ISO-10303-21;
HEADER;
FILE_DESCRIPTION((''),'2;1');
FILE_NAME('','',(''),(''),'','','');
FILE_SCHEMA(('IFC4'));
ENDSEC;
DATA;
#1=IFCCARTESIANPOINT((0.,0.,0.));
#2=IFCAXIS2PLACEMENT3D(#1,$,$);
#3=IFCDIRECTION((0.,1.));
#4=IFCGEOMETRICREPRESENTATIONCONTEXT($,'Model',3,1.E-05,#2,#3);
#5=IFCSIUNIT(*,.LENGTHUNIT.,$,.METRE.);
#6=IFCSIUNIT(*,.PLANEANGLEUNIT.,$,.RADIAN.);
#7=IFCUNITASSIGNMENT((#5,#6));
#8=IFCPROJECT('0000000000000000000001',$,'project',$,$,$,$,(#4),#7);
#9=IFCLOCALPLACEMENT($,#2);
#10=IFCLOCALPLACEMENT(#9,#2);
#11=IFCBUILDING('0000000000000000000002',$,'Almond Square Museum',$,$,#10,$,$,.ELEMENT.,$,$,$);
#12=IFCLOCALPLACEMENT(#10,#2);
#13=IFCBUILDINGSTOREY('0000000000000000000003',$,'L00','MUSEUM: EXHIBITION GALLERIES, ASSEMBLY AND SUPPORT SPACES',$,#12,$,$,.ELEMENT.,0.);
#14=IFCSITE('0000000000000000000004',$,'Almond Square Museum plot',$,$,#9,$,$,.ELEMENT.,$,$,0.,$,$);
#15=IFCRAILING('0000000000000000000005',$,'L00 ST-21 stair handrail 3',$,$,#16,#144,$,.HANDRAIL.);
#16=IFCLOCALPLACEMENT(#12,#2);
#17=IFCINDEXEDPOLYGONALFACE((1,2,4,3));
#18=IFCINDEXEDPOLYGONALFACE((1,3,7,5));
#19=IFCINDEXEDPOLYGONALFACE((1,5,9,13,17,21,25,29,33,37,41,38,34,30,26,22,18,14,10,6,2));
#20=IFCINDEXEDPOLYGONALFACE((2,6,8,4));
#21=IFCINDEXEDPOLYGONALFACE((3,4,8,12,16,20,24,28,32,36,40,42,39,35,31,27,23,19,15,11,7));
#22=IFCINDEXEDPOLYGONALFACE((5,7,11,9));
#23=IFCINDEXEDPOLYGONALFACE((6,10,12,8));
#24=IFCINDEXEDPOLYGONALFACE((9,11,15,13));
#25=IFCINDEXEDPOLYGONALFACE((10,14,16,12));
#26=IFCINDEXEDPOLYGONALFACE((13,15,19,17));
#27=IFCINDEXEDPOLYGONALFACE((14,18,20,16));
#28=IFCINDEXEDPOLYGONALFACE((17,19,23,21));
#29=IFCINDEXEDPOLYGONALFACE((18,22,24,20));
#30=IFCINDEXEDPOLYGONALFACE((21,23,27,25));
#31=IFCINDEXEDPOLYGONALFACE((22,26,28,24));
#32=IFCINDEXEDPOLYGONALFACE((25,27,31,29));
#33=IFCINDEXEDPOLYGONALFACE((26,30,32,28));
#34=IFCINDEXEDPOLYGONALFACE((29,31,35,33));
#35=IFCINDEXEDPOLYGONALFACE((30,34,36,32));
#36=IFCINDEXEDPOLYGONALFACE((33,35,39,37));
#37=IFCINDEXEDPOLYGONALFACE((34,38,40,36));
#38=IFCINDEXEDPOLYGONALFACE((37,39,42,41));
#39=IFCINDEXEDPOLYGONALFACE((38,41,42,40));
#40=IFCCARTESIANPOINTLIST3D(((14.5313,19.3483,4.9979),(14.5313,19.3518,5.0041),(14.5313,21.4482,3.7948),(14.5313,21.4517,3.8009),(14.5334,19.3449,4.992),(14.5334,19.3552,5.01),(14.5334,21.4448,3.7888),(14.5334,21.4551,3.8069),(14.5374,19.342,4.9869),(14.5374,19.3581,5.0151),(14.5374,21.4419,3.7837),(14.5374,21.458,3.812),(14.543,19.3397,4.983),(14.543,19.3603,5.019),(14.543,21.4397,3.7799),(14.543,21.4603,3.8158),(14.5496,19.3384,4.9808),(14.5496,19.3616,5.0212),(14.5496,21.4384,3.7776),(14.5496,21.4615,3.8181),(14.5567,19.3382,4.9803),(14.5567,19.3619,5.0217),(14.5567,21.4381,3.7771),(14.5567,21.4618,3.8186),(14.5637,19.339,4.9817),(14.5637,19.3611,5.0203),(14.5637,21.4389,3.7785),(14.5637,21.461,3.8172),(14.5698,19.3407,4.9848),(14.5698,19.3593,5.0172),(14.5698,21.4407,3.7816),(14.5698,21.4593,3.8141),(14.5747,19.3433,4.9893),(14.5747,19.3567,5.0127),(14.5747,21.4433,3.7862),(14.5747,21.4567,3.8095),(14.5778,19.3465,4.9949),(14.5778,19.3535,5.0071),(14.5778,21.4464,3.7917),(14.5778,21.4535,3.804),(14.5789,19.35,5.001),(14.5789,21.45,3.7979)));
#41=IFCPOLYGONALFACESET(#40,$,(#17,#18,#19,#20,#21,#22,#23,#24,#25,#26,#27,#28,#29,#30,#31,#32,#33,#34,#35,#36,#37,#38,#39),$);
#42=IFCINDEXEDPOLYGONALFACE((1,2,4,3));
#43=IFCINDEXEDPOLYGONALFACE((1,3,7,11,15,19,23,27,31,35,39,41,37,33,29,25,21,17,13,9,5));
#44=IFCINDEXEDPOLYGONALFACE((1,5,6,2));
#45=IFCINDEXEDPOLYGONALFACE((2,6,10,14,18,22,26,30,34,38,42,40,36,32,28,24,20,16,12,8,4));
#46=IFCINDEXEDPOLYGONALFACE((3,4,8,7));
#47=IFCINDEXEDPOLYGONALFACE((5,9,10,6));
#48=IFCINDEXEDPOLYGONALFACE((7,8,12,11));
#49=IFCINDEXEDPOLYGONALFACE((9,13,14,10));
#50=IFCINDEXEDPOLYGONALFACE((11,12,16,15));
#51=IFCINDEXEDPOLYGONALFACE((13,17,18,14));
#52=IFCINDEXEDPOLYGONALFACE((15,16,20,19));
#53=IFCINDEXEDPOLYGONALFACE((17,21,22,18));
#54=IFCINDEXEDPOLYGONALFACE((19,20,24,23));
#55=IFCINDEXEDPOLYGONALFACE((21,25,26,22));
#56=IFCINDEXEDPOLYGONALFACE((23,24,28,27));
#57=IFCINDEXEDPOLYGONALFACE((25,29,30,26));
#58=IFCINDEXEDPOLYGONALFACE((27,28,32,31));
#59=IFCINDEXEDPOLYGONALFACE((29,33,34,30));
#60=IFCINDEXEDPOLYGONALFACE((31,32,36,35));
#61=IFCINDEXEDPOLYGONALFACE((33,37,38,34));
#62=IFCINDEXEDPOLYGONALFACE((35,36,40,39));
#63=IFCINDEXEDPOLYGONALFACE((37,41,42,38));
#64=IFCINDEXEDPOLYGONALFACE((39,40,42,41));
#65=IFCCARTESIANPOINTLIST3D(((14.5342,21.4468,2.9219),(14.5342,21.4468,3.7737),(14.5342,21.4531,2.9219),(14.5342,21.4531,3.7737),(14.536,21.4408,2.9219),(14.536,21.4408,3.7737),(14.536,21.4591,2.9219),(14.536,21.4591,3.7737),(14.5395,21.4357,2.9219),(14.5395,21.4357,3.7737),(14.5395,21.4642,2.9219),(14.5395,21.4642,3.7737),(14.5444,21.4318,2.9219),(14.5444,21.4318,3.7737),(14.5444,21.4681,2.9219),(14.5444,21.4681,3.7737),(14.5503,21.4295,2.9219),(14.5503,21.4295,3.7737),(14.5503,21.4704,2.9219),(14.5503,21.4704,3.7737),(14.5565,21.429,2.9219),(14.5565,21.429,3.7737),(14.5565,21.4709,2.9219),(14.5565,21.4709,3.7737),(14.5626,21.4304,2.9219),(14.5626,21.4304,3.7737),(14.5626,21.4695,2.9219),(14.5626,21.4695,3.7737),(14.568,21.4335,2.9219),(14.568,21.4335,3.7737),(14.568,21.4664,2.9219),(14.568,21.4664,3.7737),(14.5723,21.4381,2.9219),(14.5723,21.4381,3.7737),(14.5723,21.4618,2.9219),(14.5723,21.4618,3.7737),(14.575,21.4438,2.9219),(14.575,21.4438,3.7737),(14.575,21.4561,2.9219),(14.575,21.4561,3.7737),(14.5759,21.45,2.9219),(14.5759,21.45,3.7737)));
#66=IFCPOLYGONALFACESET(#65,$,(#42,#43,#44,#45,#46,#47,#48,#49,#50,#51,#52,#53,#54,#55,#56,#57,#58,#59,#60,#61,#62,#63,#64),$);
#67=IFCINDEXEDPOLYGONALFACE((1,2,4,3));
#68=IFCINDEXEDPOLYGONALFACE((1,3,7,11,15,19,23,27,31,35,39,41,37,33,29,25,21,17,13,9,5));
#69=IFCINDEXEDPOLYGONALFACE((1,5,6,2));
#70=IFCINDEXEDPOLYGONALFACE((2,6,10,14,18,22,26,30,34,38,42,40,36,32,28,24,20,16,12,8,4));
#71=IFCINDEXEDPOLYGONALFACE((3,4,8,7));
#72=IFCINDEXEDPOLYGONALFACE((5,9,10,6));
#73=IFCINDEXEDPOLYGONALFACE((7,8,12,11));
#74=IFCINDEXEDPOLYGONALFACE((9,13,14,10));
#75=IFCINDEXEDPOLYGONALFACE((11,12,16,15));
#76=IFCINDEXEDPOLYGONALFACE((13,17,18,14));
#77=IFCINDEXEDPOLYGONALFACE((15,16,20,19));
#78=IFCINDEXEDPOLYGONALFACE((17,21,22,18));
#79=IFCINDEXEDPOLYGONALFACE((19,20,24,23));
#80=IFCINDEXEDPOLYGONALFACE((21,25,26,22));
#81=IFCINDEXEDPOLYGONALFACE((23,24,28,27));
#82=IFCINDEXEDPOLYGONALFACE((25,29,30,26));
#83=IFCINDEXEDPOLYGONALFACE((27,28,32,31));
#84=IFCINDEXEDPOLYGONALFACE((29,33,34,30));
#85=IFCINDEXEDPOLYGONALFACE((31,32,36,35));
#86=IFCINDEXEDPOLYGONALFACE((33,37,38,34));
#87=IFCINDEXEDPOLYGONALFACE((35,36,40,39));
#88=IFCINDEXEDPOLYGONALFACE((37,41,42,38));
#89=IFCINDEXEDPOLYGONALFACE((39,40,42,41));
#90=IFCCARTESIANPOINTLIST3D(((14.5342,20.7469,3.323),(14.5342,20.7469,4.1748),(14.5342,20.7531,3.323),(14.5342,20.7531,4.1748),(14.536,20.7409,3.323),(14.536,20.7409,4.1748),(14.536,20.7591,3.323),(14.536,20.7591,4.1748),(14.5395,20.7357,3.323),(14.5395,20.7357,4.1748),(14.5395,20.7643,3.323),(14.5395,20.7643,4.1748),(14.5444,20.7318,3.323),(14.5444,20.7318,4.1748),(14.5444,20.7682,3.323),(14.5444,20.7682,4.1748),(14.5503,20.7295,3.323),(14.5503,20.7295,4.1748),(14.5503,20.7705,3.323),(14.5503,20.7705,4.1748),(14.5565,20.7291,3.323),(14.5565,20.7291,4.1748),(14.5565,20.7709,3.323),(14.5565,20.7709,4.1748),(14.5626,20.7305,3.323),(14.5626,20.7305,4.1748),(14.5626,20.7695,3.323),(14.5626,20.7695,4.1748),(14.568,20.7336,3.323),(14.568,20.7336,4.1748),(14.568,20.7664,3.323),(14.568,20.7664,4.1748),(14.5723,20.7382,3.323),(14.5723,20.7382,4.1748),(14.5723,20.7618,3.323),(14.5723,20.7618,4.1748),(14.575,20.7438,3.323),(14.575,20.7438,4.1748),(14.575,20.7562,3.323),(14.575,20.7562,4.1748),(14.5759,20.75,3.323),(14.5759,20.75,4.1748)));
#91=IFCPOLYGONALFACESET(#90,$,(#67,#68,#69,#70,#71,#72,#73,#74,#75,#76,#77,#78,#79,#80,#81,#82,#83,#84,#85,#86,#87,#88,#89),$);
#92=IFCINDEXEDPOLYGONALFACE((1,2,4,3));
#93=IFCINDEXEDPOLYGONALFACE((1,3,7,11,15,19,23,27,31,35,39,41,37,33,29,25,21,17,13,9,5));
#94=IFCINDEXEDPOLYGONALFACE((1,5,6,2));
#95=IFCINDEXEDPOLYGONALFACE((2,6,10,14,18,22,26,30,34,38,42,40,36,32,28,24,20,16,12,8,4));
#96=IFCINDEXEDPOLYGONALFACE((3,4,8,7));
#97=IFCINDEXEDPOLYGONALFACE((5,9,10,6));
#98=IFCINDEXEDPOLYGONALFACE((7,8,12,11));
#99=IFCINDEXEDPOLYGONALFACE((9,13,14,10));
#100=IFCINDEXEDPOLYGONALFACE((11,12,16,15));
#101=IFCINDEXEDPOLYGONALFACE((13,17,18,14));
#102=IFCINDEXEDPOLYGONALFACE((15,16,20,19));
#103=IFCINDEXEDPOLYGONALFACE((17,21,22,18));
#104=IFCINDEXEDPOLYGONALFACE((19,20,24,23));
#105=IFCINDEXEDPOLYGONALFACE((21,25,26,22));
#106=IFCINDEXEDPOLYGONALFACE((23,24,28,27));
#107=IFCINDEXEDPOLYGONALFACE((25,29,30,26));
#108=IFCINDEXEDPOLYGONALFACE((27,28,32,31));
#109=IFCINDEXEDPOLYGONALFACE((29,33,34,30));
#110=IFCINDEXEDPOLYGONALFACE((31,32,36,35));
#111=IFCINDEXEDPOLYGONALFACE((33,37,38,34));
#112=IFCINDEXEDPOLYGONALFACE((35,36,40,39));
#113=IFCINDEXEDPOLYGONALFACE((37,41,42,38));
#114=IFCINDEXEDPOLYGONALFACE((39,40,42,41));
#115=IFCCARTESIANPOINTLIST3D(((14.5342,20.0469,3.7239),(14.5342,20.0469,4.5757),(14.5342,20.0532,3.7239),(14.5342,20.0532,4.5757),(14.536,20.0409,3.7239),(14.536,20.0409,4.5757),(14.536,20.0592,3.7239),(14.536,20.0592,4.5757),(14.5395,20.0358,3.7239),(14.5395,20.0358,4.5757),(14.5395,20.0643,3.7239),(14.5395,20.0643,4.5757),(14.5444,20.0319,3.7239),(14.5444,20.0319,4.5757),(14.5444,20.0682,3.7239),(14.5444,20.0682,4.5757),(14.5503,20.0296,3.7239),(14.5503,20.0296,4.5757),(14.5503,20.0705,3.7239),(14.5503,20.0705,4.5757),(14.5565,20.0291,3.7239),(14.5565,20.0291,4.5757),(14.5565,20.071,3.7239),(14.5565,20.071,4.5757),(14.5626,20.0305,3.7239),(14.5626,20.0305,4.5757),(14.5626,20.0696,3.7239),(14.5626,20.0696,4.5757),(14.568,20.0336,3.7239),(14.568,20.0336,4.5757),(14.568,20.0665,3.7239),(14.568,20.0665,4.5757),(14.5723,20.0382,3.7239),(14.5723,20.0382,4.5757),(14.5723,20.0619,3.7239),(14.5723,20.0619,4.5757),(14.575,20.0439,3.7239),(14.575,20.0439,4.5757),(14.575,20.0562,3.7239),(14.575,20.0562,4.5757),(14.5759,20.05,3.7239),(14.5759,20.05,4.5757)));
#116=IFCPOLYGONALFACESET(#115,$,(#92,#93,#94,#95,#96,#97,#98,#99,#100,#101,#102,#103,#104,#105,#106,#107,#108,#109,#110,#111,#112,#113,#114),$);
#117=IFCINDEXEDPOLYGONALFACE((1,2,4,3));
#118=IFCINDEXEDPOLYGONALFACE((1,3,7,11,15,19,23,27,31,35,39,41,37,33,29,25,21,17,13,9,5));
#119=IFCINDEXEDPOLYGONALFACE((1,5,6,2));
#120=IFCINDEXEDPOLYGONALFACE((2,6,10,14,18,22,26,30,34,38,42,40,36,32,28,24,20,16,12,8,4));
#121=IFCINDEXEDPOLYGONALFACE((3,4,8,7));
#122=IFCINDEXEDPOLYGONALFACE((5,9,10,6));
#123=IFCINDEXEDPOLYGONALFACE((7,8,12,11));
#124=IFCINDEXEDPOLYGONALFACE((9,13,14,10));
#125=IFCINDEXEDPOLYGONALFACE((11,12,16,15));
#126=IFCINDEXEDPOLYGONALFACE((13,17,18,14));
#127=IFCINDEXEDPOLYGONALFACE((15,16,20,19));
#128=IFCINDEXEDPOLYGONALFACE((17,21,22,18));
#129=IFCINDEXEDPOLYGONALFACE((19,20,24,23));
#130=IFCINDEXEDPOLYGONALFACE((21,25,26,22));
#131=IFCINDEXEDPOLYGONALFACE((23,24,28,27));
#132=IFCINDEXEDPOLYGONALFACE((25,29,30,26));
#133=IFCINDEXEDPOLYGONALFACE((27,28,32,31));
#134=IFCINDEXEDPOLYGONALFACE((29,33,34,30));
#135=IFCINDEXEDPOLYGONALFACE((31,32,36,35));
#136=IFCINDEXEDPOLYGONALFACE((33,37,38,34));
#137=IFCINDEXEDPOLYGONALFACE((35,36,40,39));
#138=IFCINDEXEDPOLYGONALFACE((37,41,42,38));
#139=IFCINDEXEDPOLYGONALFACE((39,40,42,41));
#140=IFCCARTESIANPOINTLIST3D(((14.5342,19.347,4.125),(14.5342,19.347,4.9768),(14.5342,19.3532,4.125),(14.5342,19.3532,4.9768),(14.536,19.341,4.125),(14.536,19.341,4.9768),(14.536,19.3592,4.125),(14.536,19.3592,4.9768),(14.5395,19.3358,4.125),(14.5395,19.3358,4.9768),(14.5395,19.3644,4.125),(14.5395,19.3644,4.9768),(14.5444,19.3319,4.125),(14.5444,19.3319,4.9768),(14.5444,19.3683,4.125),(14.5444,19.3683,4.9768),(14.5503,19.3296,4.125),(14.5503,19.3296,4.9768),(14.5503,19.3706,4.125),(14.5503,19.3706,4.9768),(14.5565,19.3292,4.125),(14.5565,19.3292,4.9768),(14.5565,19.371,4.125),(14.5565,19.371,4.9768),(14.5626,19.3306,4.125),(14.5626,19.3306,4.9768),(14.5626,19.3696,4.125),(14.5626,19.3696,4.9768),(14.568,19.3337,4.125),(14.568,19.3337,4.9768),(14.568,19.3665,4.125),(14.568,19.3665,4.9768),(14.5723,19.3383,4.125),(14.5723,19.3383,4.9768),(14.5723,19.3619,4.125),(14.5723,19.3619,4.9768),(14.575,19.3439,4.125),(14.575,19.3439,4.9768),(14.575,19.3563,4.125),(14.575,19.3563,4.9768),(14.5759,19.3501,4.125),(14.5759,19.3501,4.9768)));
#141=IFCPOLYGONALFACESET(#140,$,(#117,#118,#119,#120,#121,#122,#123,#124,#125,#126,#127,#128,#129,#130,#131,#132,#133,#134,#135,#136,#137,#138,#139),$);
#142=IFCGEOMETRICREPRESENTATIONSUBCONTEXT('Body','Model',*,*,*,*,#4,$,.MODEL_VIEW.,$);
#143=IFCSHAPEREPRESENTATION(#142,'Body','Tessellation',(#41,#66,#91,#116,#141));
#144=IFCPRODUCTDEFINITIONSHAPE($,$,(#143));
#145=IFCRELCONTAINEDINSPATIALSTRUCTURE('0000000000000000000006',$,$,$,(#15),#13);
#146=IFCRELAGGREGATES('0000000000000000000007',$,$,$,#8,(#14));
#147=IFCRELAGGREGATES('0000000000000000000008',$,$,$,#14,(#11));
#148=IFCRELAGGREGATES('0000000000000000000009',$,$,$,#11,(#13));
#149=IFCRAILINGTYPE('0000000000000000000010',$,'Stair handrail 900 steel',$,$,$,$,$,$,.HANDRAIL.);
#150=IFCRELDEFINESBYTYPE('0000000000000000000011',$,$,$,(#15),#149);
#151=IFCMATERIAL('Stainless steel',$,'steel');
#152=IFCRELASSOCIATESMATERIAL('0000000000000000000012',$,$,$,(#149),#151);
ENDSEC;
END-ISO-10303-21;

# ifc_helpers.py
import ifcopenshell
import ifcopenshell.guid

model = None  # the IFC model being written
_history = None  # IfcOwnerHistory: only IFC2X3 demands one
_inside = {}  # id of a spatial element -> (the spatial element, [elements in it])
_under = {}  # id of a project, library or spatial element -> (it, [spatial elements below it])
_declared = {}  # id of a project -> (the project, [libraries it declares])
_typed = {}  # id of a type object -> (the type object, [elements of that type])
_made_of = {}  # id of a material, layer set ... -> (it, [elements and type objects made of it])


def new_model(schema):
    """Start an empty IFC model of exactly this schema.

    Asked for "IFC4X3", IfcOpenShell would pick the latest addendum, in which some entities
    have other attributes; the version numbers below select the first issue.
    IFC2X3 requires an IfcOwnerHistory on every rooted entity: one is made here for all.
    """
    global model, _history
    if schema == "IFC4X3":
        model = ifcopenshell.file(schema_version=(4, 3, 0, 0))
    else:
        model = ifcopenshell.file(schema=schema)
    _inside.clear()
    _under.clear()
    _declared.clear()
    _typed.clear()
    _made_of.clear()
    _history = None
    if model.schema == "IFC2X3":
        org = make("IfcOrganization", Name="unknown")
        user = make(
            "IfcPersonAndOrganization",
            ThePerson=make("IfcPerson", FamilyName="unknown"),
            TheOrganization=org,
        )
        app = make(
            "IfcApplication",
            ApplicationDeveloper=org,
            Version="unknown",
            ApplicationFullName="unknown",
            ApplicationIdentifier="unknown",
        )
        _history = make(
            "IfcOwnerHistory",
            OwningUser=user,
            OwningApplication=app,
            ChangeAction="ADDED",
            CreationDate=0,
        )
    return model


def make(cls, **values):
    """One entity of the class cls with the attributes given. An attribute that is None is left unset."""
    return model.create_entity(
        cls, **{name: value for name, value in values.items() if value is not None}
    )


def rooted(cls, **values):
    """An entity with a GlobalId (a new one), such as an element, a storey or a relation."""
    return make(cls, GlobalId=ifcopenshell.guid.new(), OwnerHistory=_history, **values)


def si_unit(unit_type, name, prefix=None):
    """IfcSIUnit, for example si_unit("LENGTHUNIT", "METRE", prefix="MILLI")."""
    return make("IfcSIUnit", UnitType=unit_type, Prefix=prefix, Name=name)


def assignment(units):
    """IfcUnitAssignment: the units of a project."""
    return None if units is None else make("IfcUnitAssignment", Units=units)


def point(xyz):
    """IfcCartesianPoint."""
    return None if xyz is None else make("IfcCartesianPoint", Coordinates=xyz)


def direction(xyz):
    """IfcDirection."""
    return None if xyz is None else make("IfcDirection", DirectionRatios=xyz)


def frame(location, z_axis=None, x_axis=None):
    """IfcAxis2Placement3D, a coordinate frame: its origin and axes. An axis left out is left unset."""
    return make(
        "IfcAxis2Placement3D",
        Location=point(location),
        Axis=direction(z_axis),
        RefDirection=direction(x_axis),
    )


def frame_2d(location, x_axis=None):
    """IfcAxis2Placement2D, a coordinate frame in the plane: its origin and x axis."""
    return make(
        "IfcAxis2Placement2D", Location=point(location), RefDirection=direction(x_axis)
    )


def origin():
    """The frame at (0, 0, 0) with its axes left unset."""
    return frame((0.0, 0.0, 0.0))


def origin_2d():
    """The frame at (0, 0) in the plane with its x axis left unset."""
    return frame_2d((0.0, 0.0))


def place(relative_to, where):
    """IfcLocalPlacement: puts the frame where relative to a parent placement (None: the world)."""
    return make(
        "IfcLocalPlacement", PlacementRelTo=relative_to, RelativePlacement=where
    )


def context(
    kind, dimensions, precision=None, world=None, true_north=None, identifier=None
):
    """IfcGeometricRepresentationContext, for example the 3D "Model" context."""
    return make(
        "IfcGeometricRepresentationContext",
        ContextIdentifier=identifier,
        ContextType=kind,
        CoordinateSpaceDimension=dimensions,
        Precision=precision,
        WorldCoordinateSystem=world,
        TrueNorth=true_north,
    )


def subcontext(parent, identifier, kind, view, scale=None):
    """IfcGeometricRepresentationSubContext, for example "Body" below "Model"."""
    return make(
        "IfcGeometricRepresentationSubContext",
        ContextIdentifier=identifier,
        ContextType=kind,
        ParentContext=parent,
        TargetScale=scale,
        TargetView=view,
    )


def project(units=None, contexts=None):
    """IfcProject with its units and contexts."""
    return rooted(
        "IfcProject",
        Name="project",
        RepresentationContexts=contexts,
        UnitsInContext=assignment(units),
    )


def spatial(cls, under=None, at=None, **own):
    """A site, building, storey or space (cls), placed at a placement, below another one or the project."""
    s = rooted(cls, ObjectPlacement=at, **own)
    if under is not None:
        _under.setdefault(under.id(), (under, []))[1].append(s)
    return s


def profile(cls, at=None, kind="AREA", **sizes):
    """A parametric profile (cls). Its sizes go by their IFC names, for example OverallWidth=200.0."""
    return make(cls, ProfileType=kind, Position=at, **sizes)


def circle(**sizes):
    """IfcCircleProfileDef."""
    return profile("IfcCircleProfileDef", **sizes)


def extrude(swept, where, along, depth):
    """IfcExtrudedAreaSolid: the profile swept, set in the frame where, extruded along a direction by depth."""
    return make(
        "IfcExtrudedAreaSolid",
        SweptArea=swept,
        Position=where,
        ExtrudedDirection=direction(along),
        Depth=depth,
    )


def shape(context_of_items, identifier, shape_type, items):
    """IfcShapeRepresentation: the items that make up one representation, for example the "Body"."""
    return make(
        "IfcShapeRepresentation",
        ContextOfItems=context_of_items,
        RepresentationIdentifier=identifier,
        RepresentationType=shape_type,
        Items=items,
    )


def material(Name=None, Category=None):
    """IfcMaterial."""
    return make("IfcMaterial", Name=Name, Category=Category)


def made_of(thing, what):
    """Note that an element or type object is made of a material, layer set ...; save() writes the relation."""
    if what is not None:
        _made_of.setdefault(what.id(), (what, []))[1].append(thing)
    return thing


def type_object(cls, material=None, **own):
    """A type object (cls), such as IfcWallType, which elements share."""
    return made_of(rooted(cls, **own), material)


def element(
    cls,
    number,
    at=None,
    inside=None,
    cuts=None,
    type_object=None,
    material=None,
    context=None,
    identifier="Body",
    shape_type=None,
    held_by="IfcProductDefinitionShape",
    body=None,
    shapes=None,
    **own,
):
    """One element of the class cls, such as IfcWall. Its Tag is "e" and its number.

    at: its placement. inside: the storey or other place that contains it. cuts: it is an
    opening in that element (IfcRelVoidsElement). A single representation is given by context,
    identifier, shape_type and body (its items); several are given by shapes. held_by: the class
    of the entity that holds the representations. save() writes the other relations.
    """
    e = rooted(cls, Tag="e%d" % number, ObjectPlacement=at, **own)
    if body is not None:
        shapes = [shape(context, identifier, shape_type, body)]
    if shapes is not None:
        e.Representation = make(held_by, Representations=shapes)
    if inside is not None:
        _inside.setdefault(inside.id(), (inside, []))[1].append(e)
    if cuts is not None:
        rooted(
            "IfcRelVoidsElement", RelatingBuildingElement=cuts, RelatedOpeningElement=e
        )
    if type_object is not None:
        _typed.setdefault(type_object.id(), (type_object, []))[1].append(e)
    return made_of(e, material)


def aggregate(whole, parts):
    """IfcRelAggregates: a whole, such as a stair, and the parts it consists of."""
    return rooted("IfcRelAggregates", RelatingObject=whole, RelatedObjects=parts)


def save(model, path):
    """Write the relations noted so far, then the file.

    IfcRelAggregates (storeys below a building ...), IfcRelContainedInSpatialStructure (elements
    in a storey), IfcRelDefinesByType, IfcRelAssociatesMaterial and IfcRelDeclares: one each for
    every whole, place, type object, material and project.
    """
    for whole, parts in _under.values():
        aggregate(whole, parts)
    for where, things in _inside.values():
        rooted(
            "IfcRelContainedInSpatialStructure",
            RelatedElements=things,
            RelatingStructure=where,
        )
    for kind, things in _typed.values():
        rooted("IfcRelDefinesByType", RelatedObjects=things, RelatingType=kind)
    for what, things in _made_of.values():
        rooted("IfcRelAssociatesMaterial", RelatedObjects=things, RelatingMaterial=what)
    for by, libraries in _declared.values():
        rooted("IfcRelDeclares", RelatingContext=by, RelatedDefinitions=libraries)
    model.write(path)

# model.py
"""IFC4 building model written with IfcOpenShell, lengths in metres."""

from ifc_helpers import new_model, si_unit, direction, frame, origin, origin_2d, place, context, subcontext, project, spatial, circle, extrude, material, type_object, element, save


model = new_model("IFC4")

# Units and contexts
model_context = context("Model", 3, precision=1e-05, world=origin(), true_north=direction((0.0, 1.0)))
body_context = subcontext(model_context, "Body", "Model", "MODEL_VIEW")
ifc_project = project(units=[si_unit("LENGTHUNIT", "METRE"), si_unit("PLANEANGLEUNIT", "RADIAN")], contexts=[model_context])

# Site, building, storey
site_placement = place(None, origin())
site = spatial("IfcSite", under=ifc_project, at=site_placement, Name="Almond Square Museum plot", CompositionType="ELEMENT", RefElevation=0.0)
building_placement = place(site_placement, origin())
building = spatial("IfcBuilding", under=site, at=building_placement, Name="Almond Square Museum", CompositionType="ELEMENT")
storey_placement = place(building_placement, origin())
storey = spatial("IfcBuildingStorey", under=building, at=storey_placement, Name="L00", Description="MUSEUM: EXHIBITION GALLERIES, ASSEMBLY AND SUPPORT SPACES", CompositionType="ELEMENT", Elevation=0.0)

# Railing
ifc_material_1 = material(Name="Stainless steel", Category="steel")
railing_type = type_object("IfcRailingType", Name="Stair handrail 900 steel", PredefinedType="HANDRAIL", material=ifc_material_1)
for number, where, name in (
    (1, (14.5549, 21.45, 2.9219), "L00 ST-21 stair handrail 3"),
):
    element("IfcRailing", number, at=place(storey_placement, frame(where)), inside=storey, type_object=railing_type, Name=name, PredefinedType="HANDRAIL", context=body_context, shape_type="SweptSolid", body=[
        extrude(circle(Radius=0.0239, at=origin_2d()), frame((0.0, 0.0, 0.876), z_axis=(0.0, -0.867671, 0.497138), x_axis=(1.0, 0.0, 0.0)), (0.0, 0.0, 1.0), 2.4202),
        extrude(circle(Radius=0.021, at=origin_2d()), origin(), (0.0, 0.0, 1.0), 0.8518),
        extrude(circle(Radius=0.021, at=origin_2d()), frame((0.0, -0.7, 0.4011)), (0.0, 0.0, 1.0), 0.8518),
        extrude(circle(Radius=0.021, at=origin_2d()), frame((0.0, -1.3999, 0.802)), (0.0, 0.0, 1.0), 0.8518),
        extrude(circle(Radius=0.021, at=origin_2d()), frame((0.0, -2.0999, 1.2031)), (0.0, 0.0, 1.0), 0.8518),
    ])

save(model, "model.ifc")
